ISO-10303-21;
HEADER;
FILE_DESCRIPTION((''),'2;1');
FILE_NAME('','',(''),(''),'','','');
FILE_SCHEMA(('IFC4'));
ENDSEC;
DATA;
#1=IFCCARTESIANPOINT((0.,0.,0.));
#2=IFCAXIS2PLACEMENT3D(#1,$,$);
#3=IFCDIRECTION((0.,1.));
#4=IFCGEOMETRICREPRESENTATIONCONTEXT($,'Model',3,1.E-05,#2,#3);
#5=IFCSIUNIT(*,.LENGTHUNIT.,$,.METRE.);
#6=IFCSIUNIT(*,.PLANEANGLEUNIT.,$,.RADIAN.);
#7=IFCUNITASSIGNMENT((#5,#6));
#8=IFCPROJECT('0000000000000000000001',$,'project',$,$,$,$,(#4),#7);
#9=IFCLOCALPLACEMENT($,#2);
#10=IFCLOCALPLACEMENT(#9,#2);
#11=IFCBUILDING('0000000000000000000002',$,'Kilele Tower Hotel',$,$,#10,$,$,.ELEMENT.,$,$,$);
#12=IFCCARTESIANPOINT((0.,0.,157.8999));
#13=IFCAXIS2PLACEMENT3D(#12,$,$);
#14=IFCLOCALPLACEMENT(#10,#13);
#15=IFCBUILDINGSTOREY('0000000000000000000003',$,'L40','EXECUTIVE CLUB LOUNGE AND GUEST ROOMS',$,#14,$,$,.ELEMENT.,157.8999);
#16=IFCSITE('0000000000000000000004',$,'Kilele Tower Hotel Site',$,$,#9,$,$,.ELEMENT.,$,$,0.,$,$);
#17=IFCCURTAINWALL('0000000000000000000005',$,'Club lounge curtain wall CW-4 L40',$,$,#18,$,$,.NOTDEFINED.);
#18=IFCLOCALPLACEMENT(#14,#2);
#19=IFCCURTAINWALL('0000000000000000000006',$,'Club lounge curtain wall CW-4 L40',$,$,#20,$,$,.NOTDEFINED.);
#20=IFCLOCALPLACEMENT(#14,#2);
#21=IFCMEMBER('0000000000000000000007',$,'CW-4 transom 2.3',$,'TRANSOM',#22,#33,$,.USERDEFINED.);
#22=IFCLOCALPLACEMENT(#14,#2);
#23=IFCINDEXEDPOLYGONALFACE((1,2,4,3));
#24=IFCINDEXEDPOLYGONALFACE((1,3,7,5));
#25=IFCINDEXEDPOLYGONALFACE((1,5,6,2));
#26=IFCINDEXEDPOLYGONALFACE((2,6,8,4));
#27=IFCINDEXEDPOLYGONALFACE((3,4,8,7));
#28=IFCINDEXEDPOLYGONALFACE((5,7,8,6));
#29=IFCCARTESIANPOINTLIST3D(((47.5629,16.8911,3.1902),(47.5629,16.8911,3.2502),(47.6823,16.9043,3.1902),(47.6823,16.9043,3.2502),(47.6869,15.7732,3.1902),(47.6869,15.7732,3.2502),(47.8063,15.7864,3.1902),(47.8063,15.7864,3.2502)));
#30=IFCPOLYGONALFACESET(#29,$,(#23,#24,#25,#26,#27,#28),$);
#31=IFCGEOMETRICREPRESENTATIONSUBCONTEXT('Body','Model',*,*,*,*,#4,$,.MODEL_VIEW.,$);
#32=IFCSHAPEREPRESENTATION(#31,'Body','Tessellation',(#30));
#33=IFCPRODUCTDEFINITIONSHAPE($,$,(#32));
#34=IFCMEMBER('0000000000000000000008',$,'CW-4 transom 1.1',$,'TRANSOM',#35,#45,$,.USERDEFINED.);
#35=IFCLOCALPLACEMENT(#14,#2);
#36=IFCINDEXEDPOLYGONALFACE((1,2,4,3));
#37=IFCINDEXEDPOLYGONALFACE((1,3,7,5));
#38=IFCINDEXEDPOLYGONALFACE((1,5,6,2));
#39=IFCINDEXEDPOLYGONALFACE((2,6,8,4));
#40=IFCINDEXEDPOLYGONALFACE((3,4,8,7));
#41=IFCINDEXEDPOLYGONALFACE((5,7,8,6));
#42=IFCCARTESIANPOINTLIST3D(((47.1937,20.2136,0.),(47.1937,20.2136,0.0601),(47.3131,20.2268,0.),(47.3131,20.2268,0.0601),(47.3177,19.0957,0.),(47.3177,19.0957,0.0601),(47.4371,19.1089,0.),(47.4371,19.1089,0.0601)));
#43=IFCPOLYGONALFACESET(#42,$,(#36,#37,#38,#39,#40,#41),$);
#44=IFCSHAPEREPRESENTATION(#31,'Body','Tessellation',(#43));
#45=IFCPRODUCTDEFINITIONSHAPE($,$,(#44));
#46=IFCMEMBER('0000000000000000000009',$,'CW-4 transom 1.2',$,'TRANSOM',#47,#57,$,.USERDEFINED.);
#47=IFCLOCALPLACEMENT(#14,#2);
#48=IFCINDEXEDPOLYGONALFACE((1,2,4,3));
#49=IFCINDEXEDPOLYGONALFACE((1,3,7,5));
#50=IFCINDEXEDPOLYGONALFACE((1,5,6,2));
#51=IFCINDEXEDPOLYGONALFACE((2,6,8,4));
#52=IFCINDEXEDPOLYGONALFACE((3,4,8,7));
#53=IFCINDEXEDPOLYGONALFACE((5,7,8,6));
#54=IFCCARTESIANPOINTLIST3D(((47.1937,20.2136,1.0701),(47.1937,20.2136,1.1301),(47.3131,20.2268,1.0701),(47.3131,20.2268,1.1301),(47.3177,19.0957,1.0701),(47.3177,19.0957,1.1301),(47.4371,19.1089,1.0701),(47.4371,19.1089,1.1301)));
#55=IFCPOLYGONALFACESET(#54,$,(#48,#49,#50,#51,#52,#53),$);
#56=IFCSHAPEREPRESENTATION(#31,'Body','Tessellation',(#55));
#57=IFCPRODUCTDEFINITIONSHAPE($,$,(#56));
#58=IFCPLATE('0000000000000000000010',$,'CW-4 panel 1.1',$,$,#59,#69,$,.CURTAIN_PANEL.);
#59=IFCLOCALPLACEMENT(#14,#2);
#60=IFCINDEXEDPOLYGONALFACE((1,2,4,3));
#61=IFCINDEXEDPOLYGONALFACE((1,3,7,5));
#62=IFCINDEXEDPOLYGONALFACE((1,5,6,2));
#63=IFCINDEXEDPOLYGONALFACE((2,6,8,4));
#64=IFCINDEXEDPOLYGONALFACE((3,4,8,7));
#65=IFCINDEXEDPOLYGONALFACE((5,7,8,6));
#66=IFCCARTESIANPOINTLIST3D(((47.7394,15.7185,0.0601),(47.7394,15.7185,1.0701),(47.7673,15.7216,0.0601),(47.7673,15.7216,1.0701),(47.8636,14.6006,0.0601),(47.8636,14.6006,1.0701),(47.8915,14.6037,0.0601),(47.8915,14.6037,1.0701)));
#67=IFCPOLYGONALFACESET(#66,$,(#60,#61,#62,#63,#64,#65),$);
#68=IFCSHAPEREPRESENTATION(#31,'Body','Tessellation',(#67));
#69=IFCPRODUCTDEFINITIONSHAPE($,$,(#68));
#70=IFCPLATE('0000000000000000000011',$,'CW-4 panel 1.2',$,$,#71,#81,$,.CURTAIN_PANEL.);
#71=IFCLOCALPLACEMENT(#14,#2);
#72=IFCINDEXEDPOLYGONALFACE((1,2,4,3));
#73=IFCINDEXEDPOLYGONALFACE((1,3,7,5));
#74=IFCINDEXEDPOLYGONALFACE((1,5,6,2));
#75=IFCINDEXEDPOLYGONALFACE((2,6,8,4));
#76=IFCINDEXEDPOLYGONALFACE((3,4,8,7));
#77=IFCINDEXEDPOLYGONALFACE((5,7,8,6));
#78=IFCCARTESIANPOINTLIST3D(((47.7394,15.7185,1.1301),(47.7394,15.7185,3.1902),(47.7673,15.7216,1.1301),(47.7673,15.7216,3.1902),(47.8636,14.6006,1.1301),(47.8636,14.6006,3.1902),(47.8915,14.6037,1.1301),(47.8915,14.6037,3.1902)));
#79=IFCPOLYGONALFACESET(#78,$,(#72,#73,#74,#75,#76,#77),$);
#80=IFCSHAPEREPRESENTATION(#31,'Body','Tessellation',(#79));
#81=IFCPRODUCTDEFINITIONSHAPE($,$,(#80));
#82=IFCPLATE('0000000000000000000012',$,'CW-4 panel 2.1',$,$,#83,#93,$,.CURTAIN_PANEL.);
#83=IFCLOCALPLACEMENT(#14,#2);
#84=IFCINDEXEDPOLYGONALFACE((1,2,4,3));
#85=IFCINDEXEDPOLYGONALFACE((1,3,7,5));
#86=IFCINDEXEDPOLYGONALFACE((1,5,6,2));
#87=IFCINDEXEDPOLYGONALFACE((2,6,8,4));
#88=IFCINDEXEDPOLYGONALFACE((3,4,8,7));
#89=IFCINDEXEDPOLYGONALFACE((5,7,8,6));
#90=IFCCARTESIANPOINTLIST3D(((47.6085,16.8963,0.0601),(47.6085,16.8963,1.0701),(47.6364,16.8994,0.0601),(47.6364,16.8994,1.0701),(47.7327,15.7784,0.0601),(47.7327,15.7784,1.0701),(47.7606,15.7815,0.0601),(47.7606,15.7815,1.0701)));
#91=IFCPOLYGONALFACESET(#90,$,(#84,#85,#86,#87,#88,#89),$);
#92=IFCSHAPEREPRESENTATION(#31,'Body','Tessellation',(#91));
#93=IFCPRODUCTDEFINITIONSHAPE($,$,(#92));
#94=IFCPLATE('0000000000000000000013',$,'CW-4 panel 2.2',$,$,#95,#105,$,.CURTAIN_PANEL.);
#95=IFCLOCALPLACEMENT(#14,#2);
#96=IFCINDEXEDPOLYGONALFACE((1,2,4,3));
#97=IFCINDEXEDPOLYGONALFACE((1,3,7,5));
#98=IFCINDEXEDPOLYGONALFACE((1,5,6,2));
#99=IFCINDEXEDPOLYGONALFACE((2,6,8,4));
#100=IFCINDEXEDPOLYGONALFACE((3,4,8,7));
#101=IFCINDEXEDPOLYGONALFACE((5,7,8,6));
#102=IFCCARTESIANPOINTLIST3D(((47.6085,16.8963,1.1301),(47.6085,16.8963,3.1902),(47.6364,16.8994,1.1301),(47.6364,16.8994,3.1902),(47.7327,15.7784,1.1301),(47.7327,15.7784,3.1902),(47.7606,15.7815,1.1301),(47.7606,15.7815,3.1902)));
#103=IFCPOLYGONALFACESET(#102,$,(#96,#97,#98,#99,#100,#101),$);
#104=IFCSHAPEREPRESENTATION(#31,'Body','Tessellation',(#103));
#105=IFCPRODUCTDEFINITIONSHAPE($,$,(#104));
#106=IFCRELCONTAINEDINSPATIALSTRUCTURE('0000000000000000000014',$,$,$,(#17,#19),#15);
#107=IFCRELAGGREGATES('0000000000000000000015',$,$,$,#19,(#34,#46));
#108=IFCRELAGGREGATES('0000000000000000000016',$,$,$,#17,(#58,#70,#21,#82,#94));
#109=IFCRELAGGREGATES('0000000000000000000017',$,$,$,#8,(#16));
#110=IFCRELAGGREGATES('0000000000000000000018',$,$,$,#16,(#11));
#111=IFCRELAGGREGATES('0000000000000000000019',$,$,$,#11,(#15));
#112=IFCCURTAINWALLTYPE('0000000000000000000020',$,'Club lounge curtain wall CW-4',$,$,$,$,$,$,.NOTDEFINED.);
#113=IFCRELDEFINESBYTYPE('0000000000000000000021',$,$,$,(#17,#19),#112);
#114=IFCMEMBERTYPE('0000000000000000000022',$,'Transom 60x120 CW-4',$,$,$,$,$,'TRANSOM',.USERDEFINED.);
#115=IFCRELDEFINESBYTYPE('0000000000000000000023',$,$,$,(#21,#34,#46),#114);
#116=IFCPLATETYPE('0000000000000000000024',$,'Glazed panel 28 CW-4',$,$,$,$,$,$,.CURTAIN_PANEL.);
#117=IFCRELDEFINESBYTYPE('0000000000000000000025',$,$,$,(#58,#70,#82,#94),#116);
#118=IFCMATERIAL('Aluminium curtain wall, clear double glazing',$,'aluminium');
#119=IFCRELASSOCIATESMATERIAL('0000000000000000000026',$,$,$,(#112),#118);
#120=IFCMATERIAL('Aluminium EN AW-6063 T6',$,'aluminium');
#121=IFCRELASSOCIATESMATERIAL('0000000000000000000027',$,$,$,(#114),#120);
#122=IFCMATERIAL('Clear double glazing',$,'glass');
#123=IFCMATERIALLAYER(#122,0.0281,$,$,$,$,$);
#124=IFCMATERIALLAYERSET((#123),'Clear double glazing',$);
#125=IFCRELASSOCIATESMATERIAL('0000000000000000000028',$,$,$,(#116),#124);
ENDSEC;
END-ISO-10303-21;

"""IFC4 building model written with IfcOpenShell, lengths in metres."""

from ifc_helpers import new_model, si_unit, direction, frame, origin, origin_2d, place, context, subcontext, project, spatial, rectangle, extrude, material, layer, layer_set, material_profile, profile_set, type_object, element, aggregate, save


model = new_model("IFC4")

# Units and contexts
model_context = context("Model", 3, precision=1e-05, world=origin(), true_north=direction((0.0, 1.0)))
body_context = subcontext(model_context, "Body", "Model", "MODEL_VIEW")
ifc_project = project(units=[si_unit("LENGTHUNIT", "METRE"), si_unit("PLANEANGLEUNIT", "RADIAN")], contexts=[model_context])

# Site, building, storey
site_placement = place(None, origin())
site = spatial("IfcSite", under=ifc_project, at=site_placement, Name="Kilele Tower Hotel Site", CompositionType="ELEMENT", RefElevation=0.0)
building_placement = place(site_placement, origin())
building = spatial("IfcBuilding", under=site, at=building_placement, Name="Kilele Tower Hotel", CompositionType="ELEMENT")
storey_placement = place(building_placement, frame((0.0, 0.0, 157.8999)))
storey = spatial("IfcBuildingStorey", under=building, at=storey_placement, Name="L40", Description="EXECUTIVE CLUB LOUNGE AND GUEST ROOMS", CompositionType="ELEMENT", Elevation=157.8999)

# Curtain wall
ifc_material_1 = material(Name="Aluminium curtain wall, clear double glazing", Category="aluminium")
curtain_wall_type = type_object("IfcCurtainWallType", Name="Club lounge curtain wall CW-4", PredefinedType="NOTDEFINED", material=ifc_material_1)
curtain_wall_1_placement = place(storey_placement, origin())
curtain_wall_1 = element("IfcCurtainWall", 1, at=curtain_wall_1_placement, inside=storey, type_object=curtain_wall_type, Name="Club lounge curtain wall CW-4 L40", PredefinedType="NOTDEFINED")

# Curtain wall
curtain_wall_2_placement = place(storey_placement, origin())
curtain_wall_2 = element("IfcCurtainWall", 2, at=curtain_wall_2_placement, inside=storey, type_object=curtain_wall_type, Name="Club lounge curtain wall CW-4 L40", PredefinedType="NOTDEFINED")

# Members
ifc_material_2 = material(Name="Aluminium EN AW-6063 T6", Category="aluminium")
ifc_material_profile_1 = material_profile(ifc_material_2, rectangle(XDim=0.1201, YDim=0.0601, at=origin_2d()))
ifc_profile_set_1 = profile_set([ifc_material_profile_1], Name="Aluminium EN AW-6063 T6")
member_type_1 = type_object("IfcMemberType", Name="Transom 60x120 CW-4", ElementType="TRANSOM", PredefinedType="USERDEFINED", material=ifc_profile_set_1)
member_1_placement = place(storey_placement, frame((47.7466, 15.7798, 3.2202), z_axis=(-0.110265, 0.993902, 0.0), x_axis=(-0.993902, -0.110265, 0.0)))
member_1 = element("IfcMember", 3, at=member_1_placement, type_object=member_type_1, Name="CW-4 transom 2.3", ObjectType="TRANSOM", PredefinedType="USERDEFINED", context=body_context, shape_type="SweptSolid", body=[
    extrude(rectangle(XDim=0.1201, YDim=0.0601, at=origin_2d()), origin(), (0.0, 0.0, 1.0), 1.1248),
])
member_2_placement = place(storey_placement, frame((47.3774, 19.1023, 0.03), z_axis=(-0.110265, 0.993902, 0.0), x_axis=(-0.993902, -0.110265, 0.0)))
member_2 = element("IfcMember", 4, at=member_2_placement, type_object=member_type_1, Name="CW-4 transom 1.1", ObjectType="TRANSOM", PredefinedType="USERDEFINED", context=body_context, shape_type="SweptSolid", body=[
    extrude(rectangle(XDim=0.1201, YDim=0.0601, at=origin_2d()), origin(), (0.0, 0.0, 1.0), 1.1248),
])
member_3_placement = place(storey_placement, frame((47.3774, 19.1023, 1.1001), z_axis=(-0.110265, 0.993902, 0.0), x_axis=(-0.993902, -0.110265, 0.0)))
member_3 = element("IfcMember", 5, at=member_3_placement, type_object=member_type_1, Name="CW-4 transom 1.2", ObjectType="TRANSOM", PredefinedType="USERDEFINED", context=body_context, shape_type="SweptSolid", body=[
    extrude(rectangle(XDim=0.1201, YDim=0.0601, at=origin_2d()), origin(), (0.0, 0.0, 1.0), 1.1248),
])
aggregate(curtain_wall_2, [member_2, member_3])

# Plates
ifc_material_3 = material(Name="Clear double glazing", Category="glass")
ifc_layer = layer(ifc_material_3, 0.0281)
ifc_layer_set = layer_set([ifc_layer], Name="Clear double glazing")
plate_type = type_object("IfcPlateType", Name="Glazed panel 28 CW-4", PredefinedType="CURTAIN_PANEL", material=ifc_layer_set)
plate_1_placement = place(storey_placement, frame((47.8154, 15.1611, 0.0601), z_axis=(0.0, 0.0, 1.0), x_axis=(-0.110432, 0.993884, 0.0)))
plate_1 = element("IfcPlate", 6, at=plate_1_placement, type_object=plate_type, Name="CW-4 panel 1.1", PredefinedType="CURTAIN_PANEL", context=body_context, shape_type="SweptSolid", body=[
    extrude(rectangle(XDim=1.1248, YDim=0.0281, at=origin_2d()), origin(), (0.0, 0.0, 1.0), 1.01),
])
plate_2_placement = place(storey_placement, frame((47.8154, 15.1611, 1.1301), z_axis=(0.0, 0.0, 1.0), x_axis=(-0.110432, 0.993884, 0.0)))
plate_2 = element("IfcPlate", 7, at=plate_2_placement, type_object=plate_type, Name="CW-4 panel 1.2", PredefinedType="CURTAIN_PANEL", context=body_context, shape_type="SweptSolid", body=[
    extrude(rectangle(XDim=1.1248, YDim=0.0281, at=origin_2d()), origin(), (0.0, 0.0, 1.0), 2.0601),
])
plate_3_placement = place(storey_placement, frame((47.6846, 16.3389, 0.0601), z_axis=(0.0, 0.0, 1.0), x_axis=(-0.110432, 0.993884, 0.0)))
plate_3 = element("IfcPlate", 8, at=plate_3_placement, type_object=plate_type, Name="CW-4 panel 2.1", PredefinedType="CURTAIN_PANEL", context=body_context, shape_type="SweptSolid", body=[
    extrude(rectangle(XDim=1.1248, YDim=0.0281, at=origin_2d()), origin(), (0.0, 0.0, 1.0), 1.01),
])
plate_4_placement = place(storey_placement, frame((47.6846, 16.3389, 1.1301), z_axis=(0.0, 0.0, 1.0), x_axis=(-0.110432, 0.993884, 0.0)))
plate_4 = element("IfcPlate", 9, at=plate_4_placement, type_object=plate_type, Name="CW-4 panel 2.2", PredefinedType="CURTAIN_PANEL", context=body_context, shape_type="SweptSolid", body=[
    extrude(rectangle(XDim=1.1248, YDim=0.0281, at=origin_2d()), origin(), (0.0, 0.0, 1.0), 2.0601),
])
aggregate(curtain_wall_1, [plate_1, plate_2, member_1, plate_3, plate_4])

save(model, "model.ifc")
